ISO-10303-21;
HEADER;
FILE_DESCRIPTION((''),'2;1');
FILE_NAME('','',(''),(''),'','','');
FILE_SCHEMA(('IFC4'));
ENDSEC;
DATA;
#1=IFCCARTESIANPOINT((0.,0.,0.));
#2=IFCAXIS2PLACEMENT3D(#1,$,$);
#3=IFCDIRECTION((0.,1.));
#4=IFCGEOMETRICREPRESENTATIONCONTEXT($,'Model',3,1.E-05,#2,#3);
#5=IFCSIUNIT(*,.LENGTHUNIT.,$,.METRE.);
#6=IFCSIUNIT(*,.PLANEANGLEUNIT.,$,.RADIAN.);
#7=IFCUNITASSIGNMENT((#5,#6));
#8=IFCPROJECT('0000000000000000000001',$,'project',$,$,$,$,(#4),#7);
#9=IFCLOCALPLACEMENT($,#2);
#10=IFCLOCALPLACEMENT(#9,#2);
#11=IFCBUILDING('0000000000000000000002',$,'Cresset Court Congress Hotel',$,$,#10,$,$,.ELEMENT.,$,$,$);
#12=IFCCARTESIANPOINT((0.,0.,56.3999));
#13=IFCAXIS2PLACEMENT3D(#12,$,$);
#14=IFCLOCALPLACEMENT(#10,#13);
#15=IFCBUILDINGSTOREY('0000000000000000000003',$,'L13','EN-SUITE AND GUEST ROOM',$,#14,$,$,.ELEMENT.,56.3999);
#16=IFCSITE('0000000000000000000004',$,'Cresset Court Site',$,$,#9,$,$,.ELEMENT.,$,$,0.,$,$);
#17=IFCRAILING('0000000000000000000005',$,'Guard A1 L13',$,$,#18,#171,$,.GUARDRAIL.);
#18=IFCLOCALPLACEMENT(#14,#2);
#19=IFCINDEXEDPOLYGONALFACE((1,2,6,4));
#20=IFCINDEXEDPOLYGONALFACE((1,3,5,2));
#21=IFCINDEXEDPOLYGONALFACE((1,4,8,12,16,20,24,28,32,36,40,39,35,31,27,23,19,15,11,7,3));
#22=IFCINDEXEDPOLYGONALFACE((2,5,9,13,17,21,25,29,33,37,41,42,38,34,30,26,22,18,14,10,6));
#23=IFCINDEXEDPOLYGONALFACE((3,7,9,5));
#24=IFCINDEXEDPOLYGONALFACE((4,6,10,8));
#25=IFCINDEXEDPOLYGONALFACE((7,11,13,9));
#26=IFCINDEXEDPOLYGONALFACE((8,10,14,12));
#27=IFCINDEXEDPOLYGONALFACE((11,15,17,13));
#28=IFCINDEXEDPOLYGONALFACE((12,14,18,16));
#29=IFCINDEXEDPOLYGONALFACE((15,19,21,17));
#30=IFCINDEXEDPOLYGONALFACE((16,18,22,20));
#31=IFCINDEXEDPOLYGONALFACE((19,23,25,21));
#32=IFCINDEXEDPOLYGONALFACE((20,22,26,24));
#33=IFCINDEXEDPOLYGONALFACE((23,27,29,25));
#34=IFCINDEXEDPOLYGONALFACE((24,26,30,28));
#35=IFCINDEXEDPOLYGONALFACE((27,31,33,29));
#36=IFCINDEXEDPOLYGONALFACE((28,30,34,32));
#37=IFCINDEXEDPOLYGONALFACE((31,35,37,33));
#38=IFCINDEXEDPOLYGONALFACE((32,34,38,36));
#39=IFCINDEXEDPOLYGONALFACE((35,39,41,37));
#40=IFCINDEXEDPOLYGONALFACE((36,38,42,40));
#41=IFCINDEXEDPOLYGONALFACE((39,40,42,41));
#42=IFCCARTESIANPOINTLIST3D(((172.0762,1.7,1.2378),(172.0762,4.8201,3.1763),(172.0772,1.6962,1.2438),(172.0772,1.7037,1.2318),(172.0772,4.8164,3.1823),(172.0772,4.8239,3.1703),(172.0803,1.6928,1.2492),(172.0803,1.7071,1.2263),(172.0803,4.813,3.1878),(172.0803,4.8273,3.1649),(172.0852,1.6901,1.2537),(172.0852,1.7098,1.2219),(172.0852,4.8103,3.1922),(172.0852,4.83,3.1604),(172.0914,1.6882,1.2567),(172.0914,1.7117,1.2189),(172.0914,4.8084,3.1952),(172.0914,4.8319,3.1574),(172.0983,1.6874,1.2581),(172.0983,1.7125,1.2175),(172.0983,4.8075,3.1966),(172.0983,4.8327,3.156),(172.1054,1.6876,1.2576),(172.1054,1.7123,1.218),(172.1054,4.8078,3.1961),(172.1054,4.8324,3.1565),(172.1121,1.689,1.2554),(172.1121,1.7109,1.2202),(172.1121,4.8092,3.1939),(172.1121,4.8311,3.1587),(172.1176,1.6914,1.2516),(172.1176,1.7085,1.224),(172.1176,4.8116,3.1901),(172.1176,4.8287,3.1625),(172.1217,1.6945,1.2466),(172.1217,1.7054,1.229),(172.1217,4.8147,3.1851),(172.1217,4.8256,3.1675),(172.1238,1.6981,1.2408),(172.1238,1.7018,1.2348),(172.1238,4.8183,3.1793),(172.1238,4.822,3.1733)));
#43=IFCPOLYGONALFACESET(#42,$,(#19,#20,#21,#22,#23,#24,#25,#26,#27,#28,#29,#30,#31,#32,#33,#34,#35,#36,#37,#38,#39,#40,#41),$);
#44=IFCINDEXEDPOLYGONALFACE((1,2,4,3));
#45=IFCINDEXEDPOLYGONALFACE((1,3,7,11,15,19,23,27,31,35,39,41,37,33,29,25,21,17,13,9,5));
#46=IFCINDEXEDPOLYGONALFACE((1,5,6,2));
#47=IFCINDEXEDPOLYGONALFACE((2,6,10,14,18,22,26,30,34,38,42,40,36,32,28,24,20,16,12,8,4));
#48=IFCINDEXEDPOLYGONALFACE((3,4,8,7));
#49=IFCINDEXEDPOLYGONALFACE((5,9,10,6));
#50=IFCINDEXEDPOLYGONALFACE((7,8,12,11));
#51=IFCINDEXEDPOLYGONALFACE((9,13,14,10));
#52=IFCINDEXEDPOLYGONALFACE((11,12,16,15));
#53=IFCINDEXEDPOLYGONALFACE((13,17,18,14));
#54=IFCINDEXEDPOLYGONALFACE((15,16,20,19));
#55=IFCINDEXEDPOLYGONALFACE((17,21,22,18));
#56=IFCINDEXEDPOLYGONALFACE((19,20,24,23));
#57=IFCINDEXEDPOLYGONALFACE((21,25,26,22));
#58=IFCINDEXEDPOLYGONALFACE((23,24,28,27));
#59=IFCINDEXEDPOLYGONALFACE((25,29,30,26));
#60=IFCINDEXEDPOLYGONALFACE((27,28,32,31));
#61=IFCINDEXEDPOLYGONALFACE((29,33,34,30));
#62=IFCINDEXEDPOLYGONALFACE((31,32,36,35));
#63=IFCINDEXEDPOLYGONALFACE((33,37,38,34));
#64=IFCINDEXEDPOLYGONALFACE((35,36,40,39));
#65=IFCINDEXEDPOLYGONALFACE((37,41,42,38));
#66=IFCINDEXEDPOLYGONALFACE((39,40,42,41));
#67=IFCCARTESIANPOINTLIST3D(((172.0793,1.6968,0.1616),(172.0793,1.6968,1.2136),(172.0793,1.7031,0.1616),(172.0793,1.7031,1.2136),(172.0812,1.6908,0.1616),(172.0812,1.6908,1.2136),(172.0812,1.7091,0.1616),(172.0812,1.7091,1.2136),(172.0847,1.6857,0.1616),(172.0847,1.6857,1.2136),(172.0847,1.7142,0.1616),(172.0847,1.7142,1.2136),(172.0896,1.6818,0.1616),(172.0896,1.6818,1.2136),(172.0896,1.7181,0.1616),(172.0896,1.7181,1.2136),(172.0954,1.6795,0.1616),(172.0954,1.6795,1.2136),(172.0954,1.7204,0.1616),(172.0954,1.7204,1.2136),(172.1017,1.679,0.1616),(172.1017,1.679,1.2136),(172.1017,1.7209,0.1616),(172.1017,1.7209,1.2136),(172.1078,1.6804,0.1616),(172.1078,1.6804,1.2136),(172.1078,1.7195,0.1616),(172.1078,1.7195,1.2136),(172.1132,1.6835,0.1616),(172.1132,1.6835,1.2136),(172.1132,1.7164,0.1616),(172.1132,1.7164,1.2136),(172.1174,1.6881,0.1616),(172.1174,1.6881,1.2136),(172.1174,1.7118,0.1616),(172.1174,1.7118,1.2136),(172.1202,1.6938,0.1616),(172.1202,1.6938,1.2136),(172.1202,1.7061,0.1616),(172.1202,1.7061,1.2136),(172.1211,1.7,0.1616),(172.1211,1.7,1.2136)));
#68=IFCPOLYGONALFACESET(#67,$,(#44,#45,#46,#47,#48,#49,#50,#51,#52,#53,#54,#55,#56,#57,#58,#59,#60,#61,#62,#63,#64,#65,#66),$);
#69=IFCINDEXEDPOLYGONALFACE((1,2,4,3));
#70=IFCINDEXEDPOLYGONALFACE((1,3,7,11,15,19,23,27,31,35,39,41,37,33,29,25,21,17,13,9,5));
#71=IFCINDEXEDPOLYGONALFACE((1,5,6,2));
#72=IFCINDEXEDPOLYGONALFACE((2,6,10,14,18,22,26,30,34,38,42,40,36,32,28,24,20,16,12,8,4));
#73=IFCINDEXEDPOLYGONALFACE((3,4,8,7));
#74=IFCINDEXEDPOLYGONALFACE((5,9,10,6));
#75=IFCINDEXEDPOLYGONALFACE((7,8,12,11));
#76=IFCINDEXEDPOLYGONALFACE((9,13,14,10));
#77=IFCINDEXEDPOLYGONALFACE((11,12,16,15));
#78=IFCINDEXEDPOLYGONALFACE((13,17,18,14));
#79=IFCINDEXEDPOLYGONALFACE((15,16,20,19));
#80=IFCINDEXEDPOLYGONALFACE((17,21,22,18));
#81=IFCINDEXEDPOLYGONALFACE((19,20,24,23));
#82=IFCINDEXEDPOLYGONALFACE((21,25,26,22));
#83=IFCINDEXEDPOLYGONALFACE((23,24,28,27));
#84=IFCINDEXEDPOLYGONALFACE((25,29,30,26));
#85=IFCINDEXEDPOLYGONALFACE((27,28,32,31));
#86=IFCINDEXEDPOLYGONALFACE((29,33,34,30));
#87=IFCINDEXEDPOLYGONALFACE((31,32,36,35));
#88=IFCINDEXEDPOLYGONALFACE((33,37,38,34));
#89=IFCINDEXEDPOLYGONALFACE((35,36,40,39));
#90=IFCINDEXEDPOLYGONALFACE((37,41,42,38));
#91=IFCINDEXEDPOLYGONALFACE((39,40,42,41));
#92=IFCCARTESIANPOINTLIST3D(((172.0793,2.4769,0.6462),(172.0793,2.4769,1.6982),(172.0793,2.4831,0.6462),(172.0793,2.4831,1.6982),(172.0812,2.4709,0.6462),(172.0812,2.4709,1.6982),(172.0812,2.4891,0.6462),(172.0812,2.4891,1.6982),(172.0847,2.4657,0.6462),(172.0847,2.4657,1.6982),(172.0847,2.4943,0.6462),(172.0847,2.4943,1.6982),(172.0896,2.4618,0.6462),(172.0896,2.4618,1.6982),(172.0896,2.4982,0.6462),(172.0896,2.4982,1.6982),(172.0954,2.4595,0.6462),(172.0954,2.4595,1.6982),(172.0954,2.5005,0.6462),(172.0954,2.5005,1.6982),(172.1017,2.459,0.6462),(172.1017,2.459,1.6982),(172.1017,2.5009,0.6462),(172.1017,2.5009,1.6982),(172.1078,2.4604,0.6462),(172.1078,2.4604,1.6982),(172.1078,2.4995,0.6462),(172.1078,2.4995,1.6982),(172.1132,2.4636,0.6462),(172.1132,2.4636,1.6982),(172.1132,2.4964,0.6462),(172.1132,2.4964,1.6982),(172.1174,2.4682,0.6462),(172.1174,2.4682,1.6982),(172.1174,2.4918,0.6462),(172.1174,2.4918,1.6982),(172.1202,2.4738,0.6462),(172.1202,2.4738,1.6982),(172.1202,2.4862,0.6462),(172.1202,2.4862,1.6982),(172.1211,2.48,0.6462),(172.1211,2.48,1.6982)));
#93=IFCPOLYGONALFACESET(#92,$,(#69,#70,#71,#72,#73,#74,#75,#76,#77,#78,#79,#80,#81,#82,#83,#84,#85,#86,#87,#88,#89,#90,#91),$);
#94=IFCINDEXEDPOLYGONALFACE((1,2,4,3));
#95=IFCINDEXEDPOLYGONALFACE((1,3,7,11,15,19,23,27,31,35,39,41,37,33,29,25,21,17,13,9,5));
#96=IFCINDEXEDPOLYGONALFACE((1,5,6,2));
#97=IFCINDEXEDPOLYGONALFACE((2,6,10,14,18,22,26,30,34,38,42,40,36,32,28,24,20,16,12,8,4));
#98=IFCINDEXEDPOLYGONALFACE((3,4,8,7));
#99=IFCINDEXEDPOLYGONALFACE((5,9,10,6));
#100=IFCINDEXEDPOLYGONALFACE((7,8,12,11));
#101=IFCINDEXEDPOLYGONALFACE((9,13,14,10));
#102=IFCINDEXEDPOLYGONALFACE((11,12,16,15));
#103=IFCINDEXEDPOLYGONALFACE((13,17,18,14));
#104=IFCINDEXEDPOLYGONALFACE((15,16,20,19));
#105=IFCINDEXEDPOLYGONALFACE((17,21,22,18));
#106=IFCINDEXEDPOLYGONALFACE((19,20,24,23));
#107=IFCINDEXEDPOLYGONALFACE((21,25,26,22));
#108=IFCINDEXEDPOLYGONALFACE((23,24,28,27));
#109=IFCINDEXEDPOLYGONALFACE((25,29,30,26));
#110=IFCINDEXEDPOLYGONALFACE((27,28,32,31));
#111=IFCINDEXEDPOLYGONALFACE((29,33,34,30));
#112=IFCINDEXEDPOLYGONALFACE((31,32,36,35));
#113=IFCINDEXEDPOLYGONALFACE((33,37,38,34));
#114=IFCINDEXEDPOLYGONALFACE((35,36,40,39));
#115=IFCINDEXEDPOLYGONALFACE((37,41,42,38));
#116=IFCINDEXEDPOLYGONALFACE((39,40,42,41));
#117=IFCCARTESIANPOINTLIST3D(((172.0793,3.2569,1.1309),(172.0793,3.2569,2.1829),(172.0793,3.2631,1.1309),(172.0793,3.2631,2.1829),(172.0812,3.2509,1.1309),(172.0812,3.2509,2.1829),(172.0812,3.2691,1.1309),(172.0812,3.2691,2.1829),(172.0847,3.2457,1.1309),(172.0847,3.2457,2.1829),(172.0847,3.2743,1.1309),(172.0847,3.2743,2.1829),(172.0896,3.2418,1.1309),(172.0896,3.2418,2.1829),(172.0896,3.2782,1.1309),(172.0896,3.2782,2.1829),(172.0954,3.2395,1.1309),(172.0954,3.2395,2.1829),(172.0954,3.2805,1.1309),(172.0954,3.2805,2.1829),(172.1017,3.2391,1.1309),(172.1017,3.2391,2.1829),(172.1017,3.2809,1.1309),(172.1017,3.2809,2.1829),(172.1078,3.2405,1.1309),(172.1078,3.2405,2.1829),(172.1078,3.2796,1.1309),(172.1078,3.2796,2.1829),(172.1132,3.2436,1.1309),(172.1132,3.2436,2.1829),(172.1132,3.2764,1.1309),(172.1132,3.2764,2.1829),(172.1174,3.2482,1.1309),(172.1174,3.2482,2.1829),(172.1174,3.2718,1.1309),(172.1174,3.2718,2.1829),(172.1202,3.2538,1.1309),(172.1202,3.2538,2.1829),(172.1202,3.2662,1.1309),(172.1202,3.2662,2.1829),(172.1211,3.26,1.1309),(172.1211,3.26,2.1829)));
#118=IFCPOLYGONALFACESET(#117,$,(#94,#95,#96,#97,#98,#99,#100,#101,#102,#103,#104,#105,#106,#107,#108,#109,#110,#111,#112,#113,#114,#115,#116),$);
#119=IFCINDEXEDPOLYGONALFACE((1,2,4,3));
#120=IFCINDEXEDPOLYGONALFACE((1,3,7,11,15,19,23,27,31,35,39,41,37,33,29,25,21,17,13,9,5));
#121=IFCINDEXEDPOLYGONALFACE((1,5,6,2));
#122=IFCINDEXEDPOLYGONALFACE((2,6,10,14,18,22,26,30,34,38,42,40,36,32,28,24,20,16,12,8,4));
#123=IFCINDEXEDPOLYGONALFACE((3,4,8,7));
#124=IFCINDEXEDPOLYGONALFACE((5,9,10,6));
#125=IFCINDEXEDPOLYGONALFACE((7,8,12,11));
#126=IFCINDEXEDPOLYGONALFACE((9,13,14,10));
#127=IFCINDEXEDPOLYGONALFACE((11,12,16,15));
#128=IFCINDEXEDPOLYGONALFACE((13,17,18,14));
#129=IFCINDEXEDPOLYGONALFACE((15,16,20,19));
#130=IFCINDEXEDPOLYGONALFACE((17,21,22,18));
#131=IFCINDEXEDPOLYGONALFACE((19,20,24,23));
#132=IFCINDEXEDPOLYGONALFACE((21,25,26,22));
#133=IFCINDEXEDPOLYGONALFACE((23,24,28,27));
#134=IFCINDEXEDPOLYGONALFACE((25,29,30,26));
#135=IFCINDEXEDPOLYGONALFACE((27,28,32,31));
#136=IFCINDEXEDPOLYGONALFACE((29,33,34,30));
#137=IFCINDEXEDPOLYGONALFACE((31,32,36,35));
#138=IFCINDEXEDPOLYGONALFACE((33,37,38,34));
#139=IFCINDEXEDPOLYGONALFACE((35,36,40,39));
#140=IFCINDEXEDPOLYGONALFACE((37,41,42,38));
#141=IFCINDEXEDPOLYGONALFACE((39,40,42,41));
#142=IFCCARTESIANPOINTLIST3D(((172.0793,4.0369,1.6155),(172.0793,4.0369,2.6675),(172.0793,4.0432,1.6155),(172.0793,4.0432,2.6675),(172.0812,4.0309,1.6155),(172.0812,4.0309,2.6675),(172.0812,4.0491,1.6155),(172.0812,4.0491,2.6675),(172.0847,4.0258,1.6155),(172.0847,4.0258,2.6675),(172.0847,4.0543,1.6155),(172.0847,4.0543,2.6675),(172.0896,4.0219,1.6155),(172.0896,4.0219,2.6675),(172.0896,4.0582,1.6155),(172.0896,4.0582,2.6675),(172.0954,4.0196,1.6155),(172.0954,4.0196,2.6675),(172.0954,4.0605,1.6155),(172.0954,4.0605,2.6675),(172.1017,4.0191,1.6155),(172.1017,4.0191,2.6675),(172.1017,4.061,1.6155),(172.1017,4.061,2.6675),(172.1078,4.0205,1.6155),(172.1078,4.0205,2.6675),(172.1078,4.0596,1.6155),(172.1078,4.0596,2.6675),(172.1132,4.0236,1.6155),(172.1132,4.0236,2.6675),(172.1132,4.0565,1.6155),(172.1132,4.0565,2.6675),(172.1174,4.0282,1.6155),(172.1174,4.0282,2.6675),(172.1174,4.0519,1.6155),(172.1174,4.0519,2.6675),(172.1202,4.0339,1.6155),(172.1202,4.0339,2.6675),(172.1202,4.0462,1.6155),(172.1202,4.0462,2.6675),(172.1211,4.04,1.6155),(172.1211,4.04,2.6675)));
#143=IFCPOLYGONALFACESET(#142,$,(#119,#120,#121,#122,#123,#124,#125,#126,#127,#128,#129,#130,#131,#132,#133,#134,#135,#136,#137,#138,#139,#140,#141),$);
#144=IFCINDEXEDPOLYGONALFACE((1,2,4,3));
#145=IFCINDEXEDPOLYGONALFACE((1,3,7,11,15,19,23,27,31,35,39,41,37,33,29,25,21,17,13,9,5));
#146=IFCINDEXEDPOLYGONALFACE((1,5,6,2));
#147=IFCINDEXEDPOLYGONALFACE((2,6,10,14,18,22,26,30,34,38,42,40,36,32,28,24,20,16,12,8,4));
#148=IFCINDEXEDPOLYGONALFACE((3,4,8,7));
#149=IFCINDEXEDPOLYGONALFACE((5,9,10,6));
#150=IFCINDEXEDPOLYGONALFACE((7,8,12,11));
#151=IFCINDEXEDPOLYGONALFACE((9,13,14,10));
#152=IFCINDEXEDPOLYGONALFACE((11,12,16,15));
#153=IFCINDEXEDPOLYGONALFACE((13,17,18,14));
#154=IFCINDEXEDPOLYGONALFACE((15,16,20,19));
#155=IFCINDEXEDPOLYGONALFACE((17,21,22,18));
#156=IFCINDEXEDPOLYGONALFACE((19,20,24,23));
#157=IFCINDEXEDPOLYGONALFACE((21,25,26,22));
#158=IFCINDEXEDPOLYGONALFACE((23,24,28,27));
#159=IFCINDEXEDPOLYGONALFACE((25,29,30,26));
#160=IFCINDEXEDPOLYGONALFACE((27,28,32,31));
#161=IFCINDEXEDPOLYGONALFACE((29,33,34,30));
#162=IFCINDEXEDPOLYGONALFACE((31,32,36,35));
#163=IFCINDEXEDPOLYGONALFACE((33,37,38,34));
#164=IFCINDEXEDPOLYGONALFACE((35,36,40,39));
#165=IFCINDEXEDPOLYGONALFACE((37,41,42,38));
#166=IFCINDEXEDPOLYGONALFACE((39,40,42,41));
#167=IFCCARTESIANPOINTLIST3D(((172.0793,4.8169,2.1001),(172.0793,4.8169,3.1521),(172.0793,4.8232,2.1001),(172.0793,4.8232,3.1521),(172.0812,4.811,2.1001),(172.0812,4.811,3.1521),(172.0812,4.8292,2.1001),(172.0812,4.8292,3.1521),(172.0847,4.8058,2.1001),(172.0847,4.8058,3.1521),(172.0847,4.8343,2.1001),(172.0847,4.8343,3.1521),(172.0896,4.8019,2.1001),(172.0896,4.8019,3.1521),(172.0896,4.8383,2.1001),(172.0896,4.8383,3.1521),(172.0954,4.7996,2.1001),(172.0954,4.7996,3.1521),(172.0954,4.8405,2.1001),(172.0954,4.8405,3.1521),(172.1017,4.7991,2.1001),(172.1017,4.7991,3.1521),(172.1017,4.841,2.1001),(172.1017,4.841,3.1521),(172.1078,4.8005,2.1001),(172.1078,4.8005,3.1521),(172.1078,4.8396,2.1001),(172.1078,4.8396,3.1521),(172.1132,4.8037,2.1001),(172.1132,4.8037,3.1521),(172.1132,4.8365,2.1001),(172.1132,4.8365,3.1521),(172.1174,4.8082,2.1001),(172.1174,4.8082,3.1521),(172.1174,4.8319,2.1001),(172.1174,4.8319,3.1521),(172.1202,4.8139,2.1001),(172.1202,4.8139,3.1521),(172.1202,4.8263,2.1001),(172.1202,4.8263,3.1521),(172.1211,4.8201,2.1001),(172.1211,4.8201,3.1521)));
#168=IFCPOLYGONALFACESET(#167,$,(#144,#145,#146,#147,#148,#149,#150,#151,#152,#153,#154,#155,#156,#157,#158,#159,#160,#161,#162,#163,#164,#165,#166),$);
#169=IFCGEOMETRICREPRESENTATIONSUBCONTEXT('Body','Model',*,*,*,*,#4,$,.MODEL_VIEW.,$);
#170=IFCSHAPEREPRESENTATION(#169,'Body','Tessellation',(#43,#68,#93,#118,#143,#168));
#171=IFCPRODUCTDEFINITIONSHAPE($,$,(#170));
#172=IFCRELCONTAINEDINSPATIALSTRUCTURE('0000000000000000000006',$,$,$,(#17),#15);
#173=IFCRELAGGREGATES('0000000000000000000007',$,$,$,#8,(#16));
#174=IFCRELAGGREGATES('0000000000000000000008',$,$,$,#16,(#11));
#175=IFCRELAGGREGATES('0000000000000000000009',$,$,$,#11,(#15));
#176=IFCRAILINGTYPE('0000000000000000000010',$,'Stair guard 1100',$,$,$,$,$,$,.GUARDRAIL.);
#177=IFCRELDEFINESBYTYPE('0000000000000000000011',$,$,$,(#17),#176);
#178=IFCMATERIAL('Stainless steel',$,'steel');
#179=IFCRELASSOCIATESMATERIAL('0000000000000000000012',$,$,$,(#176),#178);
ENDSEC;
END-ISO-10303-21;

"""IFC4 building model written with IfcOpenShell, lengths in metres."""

from ifc_helpers import new_model, si_unit, direction, frame, origin, origin_2d, place, context, subcontext, project, spatial, circle, extrude, material, type_object, element, save


model = new_model("IFC4")

# Units and contexts
model_context = context("Model", 3, precision=1e-05, world=origin(), true_north=direction((0.0, 1.0)))
body_context = subcontext(model_context, "Body", "Model", "MODEL_VIEW")
ifc_project = project(units=[si_unit("LENGTHUNIT", "METRE"), si_unit("PLANEANGLEUNIT", "RADIAN")], contexts=[model_context])

# Site, building, storey
site_placement = place(None, origin())
site = spatial("IfcSite", under=ifc_project, at=site_placement, Name="Cresset Court Site", CompositionType="ELEMENT", RefElevation=0.0)
building_placement = place(site_placement, origin())
building = spatial("IfcBuilding", under=site, at=building_placement, Name="Cresset Court Congress Hotel", CompositionType="ELEMENT")
storey_placement = place(building_placement, frame((0.0, 0.0, 56.3999)))
storey = spatial("IfcBuildingStorey", under=building, at=storey_placement, Name="L13", Description="EN-SUITE AND GUEST ROOM", CompositionType="ELEMENT", Elevation=56.3999)

# Railing
ifc_material_1 = material(Name="Stainless steel", Category="steel")
railing_type_1 = type_object("IfcRailingType", Name="Stair guard 1100", PredefinedType="GUARDRAIL", material=ifc_material_1)
railing_1_placement = place(storey_placement, frame((172.1001, 1.7, 0.1616)))
element("IfcRailing", 1, at=railing_1_placement, inside=storey, type_object=railing_type_1, Name="Guard A1 L13", PredefinedType="GUARDRAIL", context=body_context, shape_type="SweptSolid", body=[
    extrude(circle(Radius=0.0239, at=origin_2d()), frame((0.0, 0.0, 1.0762), z_axis=(0.0, 0.849414, 0.527727), x_axis=(-1.0, 0.0, 0.0)), (0.0, 0.0, 1.0), 3.6733),
    extrude(circle(Radius=0.021, at=origin_2d()), origin(), (0.0, 0.0, 1.0), 1.052),
    extrude(circle(Radius=0.021, at=origin_2d()), frame((0.0, 0.78, 0.4846)), (0.0, 0.0, 1.0), 1.052),
    extrude(circle(Radius=0.021, at=origin_2d()), frame((0.0, 1.5601, 0.9692)), (0.0, 0.0, 1.0), 1.052),
    extrude(circle(Radius=0.021, at=origin_2d()), frame((0.0, 2.3401, 1.4539)), (0.0, 0.0, 1.0), 1.052),
    extrude(circle(Radius=0.021, at=origin_2d()), frame((0.0, 3.1201, 1.9385)), (0.0, 0.0, 1.0), 1.052),
])

save(model, "model.ifc")
